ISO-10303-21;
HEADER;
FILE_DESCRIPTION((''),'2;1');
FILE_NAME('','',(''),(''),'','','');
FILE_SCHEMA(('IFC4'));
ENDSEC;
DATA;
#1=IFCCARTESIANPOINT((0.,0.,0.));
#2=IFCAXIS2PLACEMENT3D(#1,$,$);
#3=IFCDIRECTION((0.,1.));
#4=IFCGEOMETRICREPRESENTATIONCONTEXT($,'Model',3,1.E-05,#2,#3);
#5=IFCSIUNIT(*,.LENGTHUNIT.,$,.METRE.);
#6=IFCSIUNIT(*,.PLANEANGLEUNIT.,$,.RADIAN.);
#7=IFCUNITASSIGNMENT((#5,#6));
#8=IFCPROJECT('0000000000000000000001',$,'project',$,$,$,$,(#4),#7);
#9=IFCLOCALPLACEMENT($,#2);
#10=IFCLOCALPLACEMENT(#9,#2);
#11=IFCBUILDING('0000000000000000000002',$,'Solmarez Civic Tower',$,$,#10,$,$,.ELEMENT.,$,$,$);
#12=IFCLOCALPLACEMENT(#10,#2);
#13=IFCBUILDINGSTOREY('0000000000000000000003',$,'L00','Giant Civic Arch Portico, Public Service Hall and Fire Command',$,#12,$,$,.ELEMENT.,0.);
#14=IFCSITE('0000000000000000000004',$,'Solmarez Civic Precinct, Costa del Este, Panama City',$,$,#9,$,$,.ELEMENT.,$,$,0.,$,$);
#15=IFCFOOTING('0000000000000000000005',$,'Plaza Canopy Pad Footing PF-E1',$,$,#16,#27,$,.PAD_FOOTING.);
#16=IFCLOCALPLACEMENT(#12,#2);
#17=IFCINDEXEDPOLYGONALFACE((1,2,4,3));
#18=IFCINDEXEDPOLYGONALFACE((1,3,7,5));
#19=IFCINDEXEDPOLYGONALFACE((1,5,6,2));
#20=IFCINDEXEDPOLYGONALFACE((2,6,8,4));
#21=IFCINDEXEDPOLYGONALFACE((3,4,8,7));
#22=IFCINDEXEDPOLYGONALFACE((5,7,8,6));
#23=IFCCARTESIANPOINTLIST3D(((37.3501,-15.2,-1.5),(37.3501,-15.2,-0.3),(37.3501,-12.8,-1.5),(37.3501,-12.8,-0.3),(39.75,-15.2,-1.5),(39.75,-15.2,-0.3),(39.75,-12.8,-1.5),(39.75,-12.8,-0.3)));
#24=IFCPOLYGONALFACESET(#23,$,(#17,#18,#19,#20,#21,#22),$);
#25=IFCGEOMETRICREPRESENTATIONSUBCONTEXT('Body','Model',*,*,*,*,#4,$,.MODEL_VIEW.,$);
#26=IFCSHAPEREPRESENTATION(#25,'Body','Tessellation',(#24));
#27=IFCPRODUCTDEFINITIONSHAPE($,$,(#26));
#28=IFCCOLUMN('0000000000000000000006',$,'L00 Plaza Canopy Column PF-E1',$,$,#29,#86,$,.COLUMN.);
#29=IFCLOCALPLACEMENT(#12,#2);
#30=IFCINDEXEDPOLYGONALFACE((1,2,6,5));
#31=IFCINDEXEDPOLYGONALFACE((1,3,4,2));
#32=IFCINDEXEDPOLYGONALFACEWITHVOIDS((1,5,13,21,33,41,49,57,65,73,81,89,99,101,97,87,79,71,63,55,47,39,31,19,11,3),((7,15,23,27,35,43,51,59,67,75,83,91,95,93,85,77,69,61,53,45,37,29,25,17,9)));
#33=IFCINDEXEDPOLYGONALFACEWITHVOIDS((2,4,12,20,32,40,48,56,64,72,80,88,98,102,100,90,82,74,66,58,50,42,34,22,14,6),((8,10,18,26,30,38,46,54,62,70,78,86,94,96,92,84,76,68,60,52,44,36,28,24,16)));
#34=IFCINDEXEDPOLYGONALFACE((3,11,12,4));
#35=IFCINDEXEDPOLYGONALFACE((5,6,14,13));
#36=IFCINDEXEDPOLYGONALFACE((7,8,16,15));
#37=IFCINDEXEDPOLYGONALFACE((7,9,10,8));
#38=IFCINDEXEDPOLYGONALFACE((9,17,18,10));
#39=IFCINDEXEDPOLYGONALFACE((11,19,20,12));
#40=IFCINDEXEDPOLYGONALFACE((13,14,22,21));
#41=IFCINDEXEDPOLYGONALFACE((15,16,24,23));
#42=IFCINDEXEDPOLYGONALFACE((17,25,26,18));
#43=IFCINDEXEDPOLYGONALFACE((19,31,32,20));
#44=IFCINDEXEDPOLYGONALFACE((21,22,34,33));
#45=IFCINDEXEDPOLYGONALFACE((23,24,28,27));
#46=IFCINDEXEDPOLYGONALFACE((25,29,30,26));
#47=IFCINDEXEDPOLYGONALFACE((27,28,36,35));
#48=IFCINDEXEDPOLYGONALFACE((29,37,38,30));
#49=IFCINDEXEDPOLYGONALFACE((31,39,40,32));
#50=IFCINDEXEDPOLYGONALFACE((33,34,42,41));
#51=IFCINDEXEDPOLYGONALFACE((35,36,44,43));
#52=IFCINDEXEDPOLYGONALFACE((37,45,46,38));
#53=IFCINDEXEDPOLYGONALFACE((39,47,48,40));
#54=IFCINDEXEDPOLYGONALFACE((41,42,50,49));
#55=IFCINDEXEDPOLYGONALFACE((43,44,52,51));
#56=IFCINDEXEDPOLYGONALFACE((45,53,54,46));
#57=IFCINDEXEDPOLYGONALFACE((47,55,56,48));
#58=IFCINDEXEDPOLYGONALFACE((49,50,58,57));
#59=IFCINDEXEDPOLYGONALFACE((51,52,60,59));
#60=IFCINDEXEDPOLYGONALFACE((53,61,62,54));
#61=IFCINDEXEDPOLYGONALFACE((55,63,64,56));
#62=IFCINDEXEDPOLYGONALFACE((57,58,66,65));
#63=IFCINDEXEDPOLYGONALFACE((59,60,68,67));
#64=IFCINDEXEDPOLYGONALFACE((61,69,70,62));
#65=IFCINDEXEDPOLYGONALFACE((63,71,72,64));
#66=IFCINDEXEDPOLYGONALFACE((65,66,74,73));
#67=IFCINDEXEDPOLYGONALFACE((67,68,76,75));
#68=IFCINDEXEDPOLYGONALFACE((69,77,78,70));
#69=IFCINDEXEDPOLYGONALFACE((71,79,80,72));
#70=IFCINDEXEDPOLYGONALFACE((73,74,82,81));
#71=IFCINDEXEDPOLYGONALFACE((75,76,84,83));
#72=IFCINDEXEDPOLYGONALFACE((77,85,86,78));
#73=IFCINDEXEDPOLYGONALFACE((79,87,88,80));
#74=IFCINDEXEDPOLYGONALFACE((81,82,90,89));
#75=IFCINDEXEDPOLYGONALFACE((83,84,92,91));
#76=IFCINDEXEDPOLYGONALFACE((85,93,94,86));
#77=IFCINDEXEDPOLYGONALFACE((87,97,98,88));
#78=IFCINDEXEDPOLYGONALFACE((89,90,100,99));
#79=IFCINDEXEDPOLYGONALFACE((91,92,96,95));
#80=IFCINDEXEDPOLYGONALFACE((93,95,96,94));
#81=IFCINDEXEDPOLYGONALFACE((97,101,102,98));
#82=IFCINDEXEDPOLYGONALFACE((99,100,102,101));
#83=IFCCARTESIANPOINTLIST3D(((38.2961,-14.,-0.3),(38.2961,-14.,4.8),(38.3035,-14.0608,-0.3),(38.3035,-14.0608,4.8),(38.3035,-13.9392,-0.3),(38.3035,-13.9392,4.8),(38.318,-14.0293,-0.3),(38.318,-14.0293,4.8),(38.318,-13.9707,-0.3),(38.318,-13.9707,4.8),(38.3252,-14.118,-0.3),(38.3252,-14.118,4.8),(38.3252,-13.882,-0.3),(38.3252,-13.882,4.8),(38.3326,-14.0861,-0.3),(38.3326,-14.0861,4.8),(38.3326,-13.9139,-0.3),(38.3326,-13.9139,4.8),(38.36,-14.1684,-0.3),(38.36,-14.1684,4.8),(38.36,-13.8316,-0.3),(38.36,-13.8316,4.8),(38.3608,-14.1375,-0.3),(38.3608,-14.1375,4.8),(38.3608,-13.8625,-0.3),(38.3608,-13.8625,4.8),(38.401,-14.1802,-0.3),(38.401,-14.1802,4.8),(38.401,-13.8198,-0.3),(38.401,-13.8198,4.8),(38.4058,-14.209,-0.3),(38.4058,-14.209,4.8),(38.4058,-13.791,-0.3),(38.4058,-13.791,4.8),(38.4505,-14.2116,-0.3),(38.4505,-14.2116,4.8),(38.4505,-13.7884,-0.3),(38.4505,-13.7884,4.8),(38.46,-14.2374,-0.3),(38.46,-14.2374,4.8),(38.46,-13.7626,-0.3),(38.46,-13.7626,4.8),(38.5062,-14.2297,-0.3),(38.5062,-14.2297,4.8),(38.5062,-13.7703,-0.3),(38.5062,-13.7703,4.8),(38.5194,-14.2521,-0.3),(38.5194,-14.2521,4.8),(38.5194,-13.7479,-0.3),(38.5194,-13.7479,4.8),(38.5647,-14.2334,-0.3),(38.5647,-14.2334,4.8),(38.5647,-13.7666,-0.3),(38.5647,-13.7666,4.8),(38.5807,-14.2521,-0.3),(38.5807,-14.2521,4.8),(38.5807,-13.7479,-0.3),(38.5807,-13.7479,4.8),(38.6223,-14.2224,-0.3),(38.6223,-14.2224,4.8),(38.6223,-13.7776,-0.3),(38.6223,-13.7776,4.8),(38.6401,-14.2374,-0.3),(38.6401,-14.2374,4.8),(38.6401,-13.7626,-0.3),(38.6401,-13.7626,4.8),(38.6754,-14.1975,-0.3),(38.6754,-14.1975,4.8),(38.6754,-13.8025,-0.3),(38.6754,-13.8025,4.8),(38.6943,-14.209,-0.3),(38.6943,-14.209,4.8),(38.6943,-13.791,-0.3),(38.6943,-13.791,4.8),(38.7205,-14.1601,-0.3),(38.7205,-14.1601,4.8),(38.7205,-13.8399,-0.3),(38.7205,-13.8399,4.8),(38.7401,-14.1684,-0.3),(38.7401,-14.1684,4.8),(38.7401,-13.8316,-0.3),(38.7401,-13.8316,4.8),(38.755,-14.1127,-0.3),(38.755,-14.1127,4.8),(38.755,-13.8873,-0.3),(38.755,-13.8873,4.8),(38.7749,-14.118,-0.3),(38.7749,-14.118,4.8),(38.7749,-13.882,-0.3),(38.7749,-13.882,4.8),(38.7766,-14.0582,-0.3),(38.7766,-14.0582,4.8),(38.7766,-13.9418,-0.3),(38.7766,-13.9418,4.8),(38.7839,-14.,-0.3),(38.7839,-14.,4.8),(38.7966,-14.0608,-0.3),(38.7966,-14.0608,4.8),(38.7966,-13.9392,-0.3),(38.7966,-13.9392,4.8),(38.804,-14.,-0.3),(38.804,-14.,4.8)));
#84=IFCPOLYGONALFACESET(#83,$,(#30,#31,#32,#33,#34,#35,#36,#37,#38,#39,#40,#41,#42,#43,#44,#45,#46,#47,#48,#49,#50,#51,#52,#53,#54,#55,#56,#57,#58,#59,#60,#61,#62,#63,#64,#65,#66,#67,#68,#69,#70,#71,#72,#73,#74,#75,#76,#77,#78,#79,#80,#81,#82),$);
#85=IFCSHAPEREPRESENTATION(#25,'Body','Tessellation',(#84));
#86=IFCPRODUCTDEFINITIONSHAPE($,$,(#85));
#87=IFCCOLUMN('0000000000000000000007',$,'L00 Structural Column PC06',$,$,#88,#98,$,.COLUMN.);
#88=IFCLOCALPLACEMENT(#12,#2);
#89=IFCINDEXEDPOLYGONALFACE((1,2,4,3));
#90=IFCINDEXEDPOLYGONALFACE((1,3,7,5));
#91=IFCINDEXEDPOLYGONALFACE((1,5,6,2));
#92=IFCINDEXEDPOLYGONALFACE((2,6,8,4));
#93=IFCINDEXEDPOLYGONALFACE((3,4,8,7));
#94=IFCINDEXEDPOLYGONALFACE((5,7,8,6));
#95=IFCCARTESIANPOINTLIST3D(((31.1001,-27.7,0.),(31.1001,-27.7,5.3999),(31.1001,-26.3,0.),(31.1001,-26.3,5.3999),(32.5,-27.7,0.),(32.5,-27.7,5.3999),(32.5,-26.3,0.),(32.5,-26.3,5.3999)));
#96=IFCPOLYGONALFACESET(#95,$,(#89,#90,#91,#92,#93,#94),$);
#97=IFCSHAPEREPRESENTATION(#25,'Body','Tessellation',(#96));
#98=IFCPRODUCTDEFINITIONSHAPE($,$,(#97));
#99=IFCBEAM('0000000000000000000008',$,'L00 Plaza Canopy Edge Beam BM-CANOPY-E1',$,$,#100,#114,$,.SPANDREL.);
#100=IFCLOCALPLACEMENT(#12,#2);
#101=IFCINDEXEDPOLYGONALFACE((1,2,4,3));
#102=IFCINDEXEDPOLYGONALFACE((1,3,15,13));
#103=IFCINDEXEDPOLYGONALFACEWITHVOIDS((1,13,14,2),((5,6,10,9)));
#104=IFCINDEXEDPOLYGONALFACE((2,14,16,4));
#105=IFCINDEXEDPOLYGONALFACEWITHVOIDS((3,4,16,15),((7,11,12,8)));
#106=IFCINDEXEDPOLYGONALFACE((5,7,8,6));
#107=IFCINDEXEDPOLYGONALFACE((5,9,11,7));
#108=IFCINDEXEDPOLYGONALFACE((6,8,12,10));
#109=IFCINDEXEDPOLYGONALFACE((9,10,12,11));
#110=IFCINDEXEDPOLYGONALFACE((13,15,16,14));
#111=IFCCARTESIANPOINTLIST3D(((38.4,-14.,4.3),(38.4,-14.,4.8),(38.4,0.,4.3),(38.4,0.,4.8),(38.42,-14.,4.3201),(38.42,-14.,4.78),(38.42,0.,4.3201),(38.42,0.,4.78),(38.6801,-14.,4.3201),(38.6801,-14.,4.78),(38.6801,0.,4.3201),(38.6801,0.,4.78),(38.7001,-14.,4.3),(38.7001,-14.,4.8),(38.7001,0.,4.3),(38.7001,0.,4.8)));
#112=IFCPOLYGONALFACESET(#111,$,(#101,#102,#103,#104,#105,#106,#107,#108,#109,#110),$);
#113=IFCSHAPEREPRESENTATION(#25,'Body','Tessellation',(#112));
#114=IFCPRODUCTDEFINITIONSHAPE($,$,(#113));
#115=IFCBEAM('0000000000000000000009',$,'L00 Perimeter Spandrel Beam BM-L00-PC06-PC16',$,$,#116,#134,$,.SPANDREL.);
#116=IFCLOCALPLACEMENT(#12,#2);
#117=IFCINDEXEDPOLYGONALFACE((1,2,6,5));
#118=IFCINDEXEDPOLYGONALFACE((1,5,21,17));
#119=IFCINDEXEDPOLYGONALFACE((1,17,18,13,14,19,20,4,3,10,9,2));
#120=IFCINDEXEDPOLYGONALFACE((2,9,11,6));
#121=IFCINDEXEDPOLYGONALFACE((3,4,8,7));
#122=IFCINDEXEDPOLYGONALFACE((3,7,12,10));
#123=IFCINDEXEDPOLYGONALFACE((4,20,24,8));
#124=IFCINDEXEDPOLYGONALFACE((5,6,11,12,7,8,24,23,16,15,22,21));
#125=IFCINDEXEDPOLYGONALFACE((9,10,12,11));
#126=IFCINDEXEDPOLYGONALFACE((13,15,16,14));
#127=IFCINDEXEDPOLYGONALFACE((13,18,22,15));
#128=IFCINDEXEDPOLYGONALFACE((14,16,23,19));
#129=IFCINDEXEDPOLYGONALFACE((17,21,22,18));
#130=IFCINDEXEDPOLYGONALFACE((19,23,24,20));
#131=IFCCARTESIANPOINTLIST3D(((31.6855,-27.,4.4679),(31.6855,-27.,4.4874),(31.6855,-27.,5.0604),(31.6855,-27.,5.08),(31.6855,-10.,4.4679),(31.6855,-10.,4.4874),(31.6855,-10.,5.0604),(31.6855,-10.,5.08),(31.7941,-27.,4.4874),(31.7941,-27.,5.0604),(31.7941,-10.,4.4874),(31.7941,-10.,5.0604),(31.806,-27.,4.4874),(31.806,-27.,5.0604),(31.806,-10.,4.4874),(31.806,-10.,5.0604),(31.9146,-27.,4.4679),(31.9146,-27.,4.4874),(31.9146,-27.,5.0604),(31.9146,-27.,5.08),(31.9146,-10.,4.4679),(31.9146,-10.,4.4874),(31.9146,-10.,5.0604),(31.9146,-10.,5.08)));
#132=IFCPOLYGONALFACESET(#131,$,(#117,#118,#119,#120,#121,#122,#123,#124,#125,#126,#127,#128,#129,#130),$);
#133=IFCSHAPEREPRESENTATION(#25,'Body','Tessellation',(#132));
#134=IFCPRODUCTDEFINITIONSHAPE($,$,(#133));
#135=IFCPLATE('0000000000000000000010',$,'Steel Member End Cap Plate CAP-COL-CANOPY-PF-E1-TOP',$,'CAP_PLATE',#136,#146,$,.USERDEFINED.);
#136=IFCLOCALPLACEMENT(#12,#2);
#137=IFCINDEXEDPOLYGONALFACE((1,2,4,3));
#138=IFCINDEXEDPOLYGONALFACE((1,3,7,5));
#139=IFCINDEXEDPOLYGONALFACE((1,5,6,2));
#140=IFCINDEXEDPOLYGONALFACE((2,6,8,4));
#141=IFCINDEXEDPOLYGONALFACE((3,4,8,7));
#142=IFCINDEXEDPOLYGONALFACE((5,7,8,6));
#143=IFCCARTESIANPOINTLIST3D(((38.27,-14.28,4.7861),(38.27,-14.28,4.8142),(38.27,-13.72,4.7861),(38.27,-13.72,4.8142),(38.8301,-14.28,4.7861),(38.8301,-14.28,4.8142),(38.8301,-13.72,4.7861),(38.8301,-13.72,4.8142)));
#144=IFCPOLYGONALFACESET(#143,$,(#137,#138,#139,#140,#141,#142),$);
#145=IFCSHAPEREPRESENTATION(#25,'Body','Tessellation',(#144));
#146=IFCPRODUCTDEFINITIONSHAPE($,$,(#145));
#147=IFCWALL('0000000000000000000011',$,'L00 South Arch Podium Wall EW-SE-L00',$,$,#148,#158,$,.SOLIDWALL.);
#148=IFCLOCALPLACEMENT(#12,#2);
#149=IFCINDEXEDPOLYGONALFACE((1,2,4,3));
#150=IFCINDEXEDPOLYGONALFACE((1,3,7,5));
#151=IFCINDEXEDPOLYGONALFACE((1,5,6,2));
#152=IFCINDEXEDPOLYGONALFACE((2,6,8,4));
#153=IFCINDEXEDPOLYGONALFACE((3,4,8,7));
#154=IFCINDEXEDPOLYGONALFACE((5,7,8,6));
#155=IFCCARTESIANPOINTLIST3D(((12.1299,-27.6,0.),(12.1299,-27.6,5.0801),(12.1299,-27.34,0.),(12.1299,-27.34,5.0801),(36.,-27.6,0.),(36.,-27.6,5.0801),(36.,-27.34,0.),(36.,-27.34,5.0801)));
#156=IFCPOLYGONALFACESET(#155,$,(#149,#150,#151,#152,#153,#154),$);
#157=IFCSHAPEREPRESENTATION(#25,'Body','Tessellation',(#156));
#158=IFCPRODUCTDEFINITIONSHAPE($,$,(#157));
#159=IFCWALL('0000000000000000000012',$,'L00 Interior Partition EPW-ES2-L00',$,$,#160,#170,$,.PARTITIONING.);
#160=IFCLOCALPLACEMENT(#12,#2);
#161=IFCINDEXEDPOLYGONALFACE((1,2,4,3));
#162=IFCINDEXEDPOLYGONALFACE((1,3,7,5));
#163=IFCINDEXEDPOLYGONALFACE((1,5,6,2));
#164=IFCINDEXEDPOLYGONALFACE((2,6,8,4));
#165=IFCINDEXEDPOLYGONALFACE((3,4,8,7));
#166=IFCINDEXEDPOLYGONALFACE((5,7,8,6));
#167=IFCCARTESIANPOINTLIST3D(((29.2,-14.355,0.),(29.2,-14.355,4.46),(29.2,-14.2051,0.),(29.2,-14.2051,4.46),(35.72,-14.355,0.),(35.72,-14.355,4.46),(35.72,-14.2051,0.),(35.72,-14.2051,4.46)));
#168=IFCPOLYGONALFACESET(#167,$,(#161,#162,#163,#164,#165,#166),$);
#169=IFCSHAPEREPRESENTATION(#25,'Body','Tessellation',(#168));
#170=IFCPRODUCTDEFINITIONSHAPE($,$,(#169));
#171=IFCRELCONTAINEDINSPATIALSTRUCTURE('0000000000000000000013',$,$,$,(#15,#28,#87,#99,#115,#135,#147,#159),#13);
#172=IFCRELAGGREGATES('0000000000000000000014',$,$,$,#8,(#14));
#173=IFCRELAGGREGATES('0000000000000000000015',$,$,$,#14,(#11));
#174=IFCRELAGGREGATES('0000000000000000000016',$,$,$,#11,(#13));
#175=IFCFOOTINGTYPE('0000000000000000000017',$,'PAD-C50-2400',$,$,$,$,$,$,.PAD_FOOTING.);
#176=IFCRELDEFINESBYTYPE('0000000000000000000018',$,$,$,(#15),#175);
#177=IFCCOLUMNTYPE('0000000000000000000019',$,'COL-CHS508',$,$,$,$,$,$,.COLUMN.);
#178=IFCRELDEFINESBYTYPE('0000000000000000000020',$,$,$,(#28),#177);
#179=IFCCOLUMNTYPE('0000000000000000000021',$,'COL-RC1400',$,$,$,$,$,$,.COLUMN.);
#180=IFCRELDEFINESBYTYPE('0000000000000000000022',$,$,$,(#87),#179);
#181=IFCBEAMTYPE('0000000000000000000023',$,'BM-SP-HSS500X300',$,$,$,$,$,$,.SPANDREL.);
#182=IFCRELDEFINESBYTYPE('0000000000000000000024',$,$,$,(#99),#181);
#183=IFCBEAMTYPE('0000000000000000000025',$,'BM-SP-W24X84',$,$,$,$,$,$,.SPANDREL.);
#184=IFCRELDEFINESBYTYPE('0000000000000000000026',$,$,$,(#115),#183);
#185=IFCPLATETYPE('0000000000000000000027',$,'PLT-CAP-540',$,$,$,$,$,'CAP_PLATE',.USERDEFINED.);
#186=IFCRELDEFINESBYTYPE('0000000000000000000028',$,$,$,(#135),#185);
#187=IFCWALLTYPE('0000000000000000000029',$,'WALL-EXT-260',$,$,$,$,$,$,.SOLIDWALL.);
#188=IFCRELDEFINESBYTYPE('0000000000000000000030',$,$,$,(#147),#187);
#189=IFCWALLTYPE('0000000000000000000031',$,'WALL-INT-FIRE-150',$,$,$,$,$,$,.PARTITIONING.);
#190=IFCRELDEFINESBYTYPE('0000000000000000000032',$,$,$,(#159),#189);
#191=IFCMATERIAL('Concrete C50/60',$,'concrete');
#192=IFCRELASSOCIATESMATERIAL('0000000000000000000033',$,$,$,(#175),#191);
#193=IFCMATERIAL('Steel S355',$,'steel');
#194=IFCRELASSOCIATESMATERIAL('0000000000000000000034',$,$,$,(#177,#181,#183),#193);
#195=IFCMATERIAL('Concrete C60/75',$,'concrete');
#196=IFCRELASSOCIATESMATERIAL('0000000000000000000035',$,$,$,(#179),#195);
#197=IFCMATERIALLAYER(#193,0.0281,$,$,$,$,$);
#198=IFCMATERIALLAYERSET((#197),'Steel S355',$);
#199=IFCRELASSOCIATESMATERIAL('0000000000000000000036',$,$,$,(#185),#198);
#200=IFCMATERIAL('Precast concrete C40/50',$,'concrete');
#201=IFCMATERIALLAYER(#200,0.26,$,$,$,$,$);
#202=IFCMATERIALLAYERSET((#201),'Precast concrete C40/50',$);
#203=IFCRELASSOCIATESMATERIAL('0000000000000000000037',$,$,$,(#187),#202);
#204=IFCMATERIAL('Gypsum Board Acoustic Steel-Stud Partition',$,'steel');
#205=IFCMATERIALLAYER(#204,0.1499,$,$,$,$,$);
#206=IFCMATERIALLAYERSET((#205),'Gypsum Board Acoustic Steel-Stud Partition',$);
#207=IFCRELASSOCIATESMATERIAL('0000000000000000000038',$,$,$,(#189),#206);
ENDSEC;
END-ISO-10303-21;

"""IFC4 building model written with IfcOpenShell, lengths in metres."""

from ifc_helpers import new_model, si_unit, direction, frame, frame_2d, origin, origin_2d, place, context, subcontext, project, spatial, rectangle, hollow_rectangle, hollow_circle, i_section, extrude, material, layer, layer_set, material_profile, profile_set, type_object, element, save


model = new_model("IFC4")

# Units and contexts
model_context = context("Model", 3, precision=1e-05, world=origin(), true_north=direction((0.0, 1.0)))
body_context = subcontext(model_context, "Body", "Model", "MODEL_VIEW")
ifc_project = project(units=[si_unit("LENGTHUNIT", "METRE"), si_unit("PLANEANGLEUNIT", "RADIAN")], contexts=[model_context])

# Site, building, storey
site_placement = place(None, origin())
site = spatial("IfcSite", under=ifc_project, at=site_placement, Name="Solmarez Civic Precinct, Costa del Este, Panama City", CompositionType="ELEMENT", RefElevation=0.0)
building_placement = place(site_placement, origin())
building = spatial("IfcBuilding", under=site, at=building_placement, Name="Solmarez Civic Tower", CompositionType="ELEMENT")
storey_placement = place(building_placement, origin())
storey = spatial("IfcBuildingStorey", under=building, at=storey_placement, Name="L00", Description="Giant Civic Arch Portico, Public Service Hall and Fire Command", CompositionType="ELEMENT", Elevation=0.0)

# Footing
ifc_material_1 = material(Name="Concrete C50/60", Category="concrete")
footing_type = type_object("IfcFootingType", Name="PAD-C50-2400", PredefinedType="PAD_FOOTING", material=ifc_material_1)
footing_placement = place(storey_placement, frame((38.55, -14.0, -1.5), z_axis=(0.0, 0.0, 1.0), x_axis=(1.0, 0.0, 0.0)))
element("IfcFooting", 1, at=footing_placement, inside=storey, type_object=footing_type, Name="Plaza Canopy Pad Footing PF-E1", PredefinedType="PAD_FOOTING", context=body_context, shape_type="SweptSolid", body=[
    extrude(rectangle(XDim=2.3999, YDim=2.3999, at=origin_2d()), origin(), (0.0, 0.0, 1.0), 1.2),
])

# Columns
ifc_material_2 = material(Name="Steel S355", Category="steel")
ifc_material_profile_1 = material_profile(ifc_material_2, hollow_circle(Radius=0.2539, WallThickness=0.02, at=origin_2d()), Name="CHS508X20")
ifc_profile_set_1 = profile_set([ifc_material_profile_1], Name="Steel S355")
column_type_1 = type_object("IfcColumnType", Name="COL-CHS508", PredefinedType="COLUMN", material=ifc_profile_set_1)
column_1_placement = place(storey_placement, frame((38.55, -14.0, -0.3), z_axis=(0.0, 0.0, 1.0), x_axis=(1.0, 0.0, 0.0)))
element("IfcColumn", 2, at=column_1_placement, inside=storey, type_object=column_type_1, Name="L00 Plaza Canopy Column PF-E1", PredefinedType="COLUMN", context=body_context, shape_type="SweptSolid", body=[
    extrude(hollow_circle(Radius=0.2539, WallThickness=0.02, at=origin_2d()), origin(), (0.0, 0.0, 1.0), 5.1001),
])
ifc_material_3 = material(Name="Concrete C60/75", Category="concrete")
ifc_material_profile_2 = material_profile(ifc_material_3, rectangle(XDim=1.3999, YDim=1.3999, at=origin_2d()), Name="RC1400X1400")
ifc_profile_set_2 = profile_set([ifc_material_profile_2], Name="Concrete C60/75")
column_type_2 = type_object("IfcColumnType", Name="COL-RC1400", PredefinedType="COLUMN", material=ifc_profile_set_2)
column_2_placement = place(storey_placement, frame((31.8, -27.0, 0.0), z_axis=(0.0, 0.0, 1.0), x_axis=(1.0, 0.0, 0.0)))
element("IfcColumn", 3, at=column_2_placement, inside=storey, type_object=column_type_2, Name="L00 Structural Column PC06", PredefinedType="COLUMN", context=body_context, shape_type="SweptSolid", body=[
    extrude(rectangle(XDim=1.3999, YDim=1.3999, at=origin_2d()), origin(), (0.0, 0.0, 1.0), 5.3999),
])

# Beams
ifc_material_profile_3 = material_profile(ifc_material_2, hollow_rectangle(XDim=0.3, YDim=0.5, WallThickness=0.02, at=origin_2d()), Name="HSS500X300X20")
ifc_profile_set_3 = profile_set([ifc_material_profile_3], Name="Steel S355")
beam_type_1 = type_object("IfcBeamType", Name="BM-SP-HSS500X300", PredefinedType="SPANDREL", material=ifc_profile_set_3)
beam_1_placement = place(storey_placement, frame((38.55, -14.0, 4.55), z_axis=(0.0, 1.0, 0.0), x_axis=(-1.0, 0.0, 0.0)))
element("IfcBeam", 4, at=beam_1_placement, inside=storey, type_object=beam_type_1, Name="L00 Plaza Canopy Edge Beam BM-CANOPY-E1", PredefinedType="SPANDREL", context=body_context, shape_type="SweptSolid", body=[
    extrude(hollow_rectangle(XDim=0.3, YDim=0.5, WallThickness=0.02, at=origin_2d()), origin(), (0.0, 0.0, 1.0), 14.0),
])
ifc_material_profile_4 = material_profile(ifc_material_2, i_section(OverallWidth=0.229, OverallDepth=0.6121, WebThickness=0.012, FlangeThickness=0.0195, at=origin_2d()), Name="W24X84")
ifc_profile_set_4 = profile_set([ifc_material_profile_4], Name="Steel S355")
beam_type_2 = type_object("IfcBeamType", Name="BM-SP-W24X84", PredefinedType="SPANDREL", material=ifc_profile_set_4)
beam_2_placement = place(storey_placement, frame((31.8, -27.0, 4.7739), z_axis=(0.0, 1.0, 0.0), x_axis=(-1.0, 0.0, 0.0)))
element("IfcBeam", 5, at=beam_2_placement, inside=storey, type_object=beam_type_2, Name="L00 Perimeter Spandrel Beam BM-L00-PC06-PC16", PredefinedType="SPANDREL", context=body_context, shape_type="SweptSolid", body=[
    extrude(i_section(OverallWidth=0.229, OverallDepth=0.6121, WebThickness=0.012, FlangeThickness=0.0195, at=origin_2d()), origin(), (0.0, 0.0, 1.0), 17.0),
])

# Plate
ifc_layer_1 = layer(ifc_material_2, 0.0281)
ifc_layer_set_1 = layer_set([ifc_layer_1], Name="Steel S355")
plate_type = type_object("IfcPlateType", Name="PLT-CAP-540", ElementType="CAP_PLATE", PredefinedType="USERDEFINED", material=ifc_layer_set_1)
plate_placement = place(storey_placement, frame((38.55, -14.0, 4.7861), z_axis=(0.0, 0.0, 1.0), x_axis=(1.0, 0.0, 0.0)))
element("IfcPlate", 6, at=plate_placement, inside=storey, type_object=plate_type, Name="Steel Member End Cap Plate CAP-COL-CANOPY-PF-E1-TOP", ObjectType="CAP_PLATE", PredefinedType="USERDEFINED", context=body_context, shape_type="SweptSolid", body=[
    extrude(rectangle(XDim=0.5601, YDim=0.5601, at=origin_2d()), origin(), (0.0, 0.0, 1.0), 0.0281),
])

# Walls
ifc_material_4 = material(Name="Precast concrete C40/50", Category="concrete")
ifc_layer_2 = layer(ifc_material_4, 0.26)
ifc_layer_set_2 = layer_set([ifc_layer_2], Name="Precast concrete C40/50")
wall_type_1 = type_object("IfcWallType", Name="WALL-EXT-260", PredefinedType="SOLIDWALL", material=ifc_layer_set_2)
wall_1_placement = place(storey_placement, frame((36.0, -27.47, 0.0), z_axis=(0.0, 0.0, 1.0), x_axis=(-1.0, 0.0, 0.0)))
element("IfcWall", 7, at=wall_1_placement, inside=storey, type_object=wall_type_1, Name="L00 South Arch Podium Wall EW-SE-L00", PredefinedType="SOLIDWALL", context=body_context, shape_type="SweptSolid", body=[
    extrude(rectangle(XDim=23.8701, YDim=0.26, at=frame_2d((11.9351, 0.0))), origin(), (0.0, 0.0, 1.0), 5.0801),
])
ifc_material_5 = material(Name="Gypsum Board Acoustic Steel-Stud Partition", Category="steel")
ifc_layer_3 = layer(ifc_material_5, 0.1499)
ifc_layer_set_3 = layer_set([ifc_layer_3], Name="Gypsum Board Acoustic Steel-Stud Partition")
wall_type_2 = type_object("IfcWallType", Name="WALL-INT-FIRE-150", PredefinedType="PARTITIONING", material=ifc_layer_set_3)
wall_2_placement = place(storey_placement, frame((29.2, -14.28, 0.0), z_axis=(0.0, 0.0, 1.0), x_axis=(1.0, 0.0, 0.0)))
element("IfcWall", 8, at=wall_2_placement, inside=storey, type_object=wall_type_2, Name="L00 Interior Partition EPW-ES2-L00", PredefinedType="PARTITIONING", context=body_context, shape_type="SweptSolid", body=[
    extrude(rectangle(XDim=6.52, YDim=0.1499, at=frame_2d((3.26, 0.0))), origin(), (0.0, 0.0, 1.0), 4.46),
])

save(model, "model.ifc")
